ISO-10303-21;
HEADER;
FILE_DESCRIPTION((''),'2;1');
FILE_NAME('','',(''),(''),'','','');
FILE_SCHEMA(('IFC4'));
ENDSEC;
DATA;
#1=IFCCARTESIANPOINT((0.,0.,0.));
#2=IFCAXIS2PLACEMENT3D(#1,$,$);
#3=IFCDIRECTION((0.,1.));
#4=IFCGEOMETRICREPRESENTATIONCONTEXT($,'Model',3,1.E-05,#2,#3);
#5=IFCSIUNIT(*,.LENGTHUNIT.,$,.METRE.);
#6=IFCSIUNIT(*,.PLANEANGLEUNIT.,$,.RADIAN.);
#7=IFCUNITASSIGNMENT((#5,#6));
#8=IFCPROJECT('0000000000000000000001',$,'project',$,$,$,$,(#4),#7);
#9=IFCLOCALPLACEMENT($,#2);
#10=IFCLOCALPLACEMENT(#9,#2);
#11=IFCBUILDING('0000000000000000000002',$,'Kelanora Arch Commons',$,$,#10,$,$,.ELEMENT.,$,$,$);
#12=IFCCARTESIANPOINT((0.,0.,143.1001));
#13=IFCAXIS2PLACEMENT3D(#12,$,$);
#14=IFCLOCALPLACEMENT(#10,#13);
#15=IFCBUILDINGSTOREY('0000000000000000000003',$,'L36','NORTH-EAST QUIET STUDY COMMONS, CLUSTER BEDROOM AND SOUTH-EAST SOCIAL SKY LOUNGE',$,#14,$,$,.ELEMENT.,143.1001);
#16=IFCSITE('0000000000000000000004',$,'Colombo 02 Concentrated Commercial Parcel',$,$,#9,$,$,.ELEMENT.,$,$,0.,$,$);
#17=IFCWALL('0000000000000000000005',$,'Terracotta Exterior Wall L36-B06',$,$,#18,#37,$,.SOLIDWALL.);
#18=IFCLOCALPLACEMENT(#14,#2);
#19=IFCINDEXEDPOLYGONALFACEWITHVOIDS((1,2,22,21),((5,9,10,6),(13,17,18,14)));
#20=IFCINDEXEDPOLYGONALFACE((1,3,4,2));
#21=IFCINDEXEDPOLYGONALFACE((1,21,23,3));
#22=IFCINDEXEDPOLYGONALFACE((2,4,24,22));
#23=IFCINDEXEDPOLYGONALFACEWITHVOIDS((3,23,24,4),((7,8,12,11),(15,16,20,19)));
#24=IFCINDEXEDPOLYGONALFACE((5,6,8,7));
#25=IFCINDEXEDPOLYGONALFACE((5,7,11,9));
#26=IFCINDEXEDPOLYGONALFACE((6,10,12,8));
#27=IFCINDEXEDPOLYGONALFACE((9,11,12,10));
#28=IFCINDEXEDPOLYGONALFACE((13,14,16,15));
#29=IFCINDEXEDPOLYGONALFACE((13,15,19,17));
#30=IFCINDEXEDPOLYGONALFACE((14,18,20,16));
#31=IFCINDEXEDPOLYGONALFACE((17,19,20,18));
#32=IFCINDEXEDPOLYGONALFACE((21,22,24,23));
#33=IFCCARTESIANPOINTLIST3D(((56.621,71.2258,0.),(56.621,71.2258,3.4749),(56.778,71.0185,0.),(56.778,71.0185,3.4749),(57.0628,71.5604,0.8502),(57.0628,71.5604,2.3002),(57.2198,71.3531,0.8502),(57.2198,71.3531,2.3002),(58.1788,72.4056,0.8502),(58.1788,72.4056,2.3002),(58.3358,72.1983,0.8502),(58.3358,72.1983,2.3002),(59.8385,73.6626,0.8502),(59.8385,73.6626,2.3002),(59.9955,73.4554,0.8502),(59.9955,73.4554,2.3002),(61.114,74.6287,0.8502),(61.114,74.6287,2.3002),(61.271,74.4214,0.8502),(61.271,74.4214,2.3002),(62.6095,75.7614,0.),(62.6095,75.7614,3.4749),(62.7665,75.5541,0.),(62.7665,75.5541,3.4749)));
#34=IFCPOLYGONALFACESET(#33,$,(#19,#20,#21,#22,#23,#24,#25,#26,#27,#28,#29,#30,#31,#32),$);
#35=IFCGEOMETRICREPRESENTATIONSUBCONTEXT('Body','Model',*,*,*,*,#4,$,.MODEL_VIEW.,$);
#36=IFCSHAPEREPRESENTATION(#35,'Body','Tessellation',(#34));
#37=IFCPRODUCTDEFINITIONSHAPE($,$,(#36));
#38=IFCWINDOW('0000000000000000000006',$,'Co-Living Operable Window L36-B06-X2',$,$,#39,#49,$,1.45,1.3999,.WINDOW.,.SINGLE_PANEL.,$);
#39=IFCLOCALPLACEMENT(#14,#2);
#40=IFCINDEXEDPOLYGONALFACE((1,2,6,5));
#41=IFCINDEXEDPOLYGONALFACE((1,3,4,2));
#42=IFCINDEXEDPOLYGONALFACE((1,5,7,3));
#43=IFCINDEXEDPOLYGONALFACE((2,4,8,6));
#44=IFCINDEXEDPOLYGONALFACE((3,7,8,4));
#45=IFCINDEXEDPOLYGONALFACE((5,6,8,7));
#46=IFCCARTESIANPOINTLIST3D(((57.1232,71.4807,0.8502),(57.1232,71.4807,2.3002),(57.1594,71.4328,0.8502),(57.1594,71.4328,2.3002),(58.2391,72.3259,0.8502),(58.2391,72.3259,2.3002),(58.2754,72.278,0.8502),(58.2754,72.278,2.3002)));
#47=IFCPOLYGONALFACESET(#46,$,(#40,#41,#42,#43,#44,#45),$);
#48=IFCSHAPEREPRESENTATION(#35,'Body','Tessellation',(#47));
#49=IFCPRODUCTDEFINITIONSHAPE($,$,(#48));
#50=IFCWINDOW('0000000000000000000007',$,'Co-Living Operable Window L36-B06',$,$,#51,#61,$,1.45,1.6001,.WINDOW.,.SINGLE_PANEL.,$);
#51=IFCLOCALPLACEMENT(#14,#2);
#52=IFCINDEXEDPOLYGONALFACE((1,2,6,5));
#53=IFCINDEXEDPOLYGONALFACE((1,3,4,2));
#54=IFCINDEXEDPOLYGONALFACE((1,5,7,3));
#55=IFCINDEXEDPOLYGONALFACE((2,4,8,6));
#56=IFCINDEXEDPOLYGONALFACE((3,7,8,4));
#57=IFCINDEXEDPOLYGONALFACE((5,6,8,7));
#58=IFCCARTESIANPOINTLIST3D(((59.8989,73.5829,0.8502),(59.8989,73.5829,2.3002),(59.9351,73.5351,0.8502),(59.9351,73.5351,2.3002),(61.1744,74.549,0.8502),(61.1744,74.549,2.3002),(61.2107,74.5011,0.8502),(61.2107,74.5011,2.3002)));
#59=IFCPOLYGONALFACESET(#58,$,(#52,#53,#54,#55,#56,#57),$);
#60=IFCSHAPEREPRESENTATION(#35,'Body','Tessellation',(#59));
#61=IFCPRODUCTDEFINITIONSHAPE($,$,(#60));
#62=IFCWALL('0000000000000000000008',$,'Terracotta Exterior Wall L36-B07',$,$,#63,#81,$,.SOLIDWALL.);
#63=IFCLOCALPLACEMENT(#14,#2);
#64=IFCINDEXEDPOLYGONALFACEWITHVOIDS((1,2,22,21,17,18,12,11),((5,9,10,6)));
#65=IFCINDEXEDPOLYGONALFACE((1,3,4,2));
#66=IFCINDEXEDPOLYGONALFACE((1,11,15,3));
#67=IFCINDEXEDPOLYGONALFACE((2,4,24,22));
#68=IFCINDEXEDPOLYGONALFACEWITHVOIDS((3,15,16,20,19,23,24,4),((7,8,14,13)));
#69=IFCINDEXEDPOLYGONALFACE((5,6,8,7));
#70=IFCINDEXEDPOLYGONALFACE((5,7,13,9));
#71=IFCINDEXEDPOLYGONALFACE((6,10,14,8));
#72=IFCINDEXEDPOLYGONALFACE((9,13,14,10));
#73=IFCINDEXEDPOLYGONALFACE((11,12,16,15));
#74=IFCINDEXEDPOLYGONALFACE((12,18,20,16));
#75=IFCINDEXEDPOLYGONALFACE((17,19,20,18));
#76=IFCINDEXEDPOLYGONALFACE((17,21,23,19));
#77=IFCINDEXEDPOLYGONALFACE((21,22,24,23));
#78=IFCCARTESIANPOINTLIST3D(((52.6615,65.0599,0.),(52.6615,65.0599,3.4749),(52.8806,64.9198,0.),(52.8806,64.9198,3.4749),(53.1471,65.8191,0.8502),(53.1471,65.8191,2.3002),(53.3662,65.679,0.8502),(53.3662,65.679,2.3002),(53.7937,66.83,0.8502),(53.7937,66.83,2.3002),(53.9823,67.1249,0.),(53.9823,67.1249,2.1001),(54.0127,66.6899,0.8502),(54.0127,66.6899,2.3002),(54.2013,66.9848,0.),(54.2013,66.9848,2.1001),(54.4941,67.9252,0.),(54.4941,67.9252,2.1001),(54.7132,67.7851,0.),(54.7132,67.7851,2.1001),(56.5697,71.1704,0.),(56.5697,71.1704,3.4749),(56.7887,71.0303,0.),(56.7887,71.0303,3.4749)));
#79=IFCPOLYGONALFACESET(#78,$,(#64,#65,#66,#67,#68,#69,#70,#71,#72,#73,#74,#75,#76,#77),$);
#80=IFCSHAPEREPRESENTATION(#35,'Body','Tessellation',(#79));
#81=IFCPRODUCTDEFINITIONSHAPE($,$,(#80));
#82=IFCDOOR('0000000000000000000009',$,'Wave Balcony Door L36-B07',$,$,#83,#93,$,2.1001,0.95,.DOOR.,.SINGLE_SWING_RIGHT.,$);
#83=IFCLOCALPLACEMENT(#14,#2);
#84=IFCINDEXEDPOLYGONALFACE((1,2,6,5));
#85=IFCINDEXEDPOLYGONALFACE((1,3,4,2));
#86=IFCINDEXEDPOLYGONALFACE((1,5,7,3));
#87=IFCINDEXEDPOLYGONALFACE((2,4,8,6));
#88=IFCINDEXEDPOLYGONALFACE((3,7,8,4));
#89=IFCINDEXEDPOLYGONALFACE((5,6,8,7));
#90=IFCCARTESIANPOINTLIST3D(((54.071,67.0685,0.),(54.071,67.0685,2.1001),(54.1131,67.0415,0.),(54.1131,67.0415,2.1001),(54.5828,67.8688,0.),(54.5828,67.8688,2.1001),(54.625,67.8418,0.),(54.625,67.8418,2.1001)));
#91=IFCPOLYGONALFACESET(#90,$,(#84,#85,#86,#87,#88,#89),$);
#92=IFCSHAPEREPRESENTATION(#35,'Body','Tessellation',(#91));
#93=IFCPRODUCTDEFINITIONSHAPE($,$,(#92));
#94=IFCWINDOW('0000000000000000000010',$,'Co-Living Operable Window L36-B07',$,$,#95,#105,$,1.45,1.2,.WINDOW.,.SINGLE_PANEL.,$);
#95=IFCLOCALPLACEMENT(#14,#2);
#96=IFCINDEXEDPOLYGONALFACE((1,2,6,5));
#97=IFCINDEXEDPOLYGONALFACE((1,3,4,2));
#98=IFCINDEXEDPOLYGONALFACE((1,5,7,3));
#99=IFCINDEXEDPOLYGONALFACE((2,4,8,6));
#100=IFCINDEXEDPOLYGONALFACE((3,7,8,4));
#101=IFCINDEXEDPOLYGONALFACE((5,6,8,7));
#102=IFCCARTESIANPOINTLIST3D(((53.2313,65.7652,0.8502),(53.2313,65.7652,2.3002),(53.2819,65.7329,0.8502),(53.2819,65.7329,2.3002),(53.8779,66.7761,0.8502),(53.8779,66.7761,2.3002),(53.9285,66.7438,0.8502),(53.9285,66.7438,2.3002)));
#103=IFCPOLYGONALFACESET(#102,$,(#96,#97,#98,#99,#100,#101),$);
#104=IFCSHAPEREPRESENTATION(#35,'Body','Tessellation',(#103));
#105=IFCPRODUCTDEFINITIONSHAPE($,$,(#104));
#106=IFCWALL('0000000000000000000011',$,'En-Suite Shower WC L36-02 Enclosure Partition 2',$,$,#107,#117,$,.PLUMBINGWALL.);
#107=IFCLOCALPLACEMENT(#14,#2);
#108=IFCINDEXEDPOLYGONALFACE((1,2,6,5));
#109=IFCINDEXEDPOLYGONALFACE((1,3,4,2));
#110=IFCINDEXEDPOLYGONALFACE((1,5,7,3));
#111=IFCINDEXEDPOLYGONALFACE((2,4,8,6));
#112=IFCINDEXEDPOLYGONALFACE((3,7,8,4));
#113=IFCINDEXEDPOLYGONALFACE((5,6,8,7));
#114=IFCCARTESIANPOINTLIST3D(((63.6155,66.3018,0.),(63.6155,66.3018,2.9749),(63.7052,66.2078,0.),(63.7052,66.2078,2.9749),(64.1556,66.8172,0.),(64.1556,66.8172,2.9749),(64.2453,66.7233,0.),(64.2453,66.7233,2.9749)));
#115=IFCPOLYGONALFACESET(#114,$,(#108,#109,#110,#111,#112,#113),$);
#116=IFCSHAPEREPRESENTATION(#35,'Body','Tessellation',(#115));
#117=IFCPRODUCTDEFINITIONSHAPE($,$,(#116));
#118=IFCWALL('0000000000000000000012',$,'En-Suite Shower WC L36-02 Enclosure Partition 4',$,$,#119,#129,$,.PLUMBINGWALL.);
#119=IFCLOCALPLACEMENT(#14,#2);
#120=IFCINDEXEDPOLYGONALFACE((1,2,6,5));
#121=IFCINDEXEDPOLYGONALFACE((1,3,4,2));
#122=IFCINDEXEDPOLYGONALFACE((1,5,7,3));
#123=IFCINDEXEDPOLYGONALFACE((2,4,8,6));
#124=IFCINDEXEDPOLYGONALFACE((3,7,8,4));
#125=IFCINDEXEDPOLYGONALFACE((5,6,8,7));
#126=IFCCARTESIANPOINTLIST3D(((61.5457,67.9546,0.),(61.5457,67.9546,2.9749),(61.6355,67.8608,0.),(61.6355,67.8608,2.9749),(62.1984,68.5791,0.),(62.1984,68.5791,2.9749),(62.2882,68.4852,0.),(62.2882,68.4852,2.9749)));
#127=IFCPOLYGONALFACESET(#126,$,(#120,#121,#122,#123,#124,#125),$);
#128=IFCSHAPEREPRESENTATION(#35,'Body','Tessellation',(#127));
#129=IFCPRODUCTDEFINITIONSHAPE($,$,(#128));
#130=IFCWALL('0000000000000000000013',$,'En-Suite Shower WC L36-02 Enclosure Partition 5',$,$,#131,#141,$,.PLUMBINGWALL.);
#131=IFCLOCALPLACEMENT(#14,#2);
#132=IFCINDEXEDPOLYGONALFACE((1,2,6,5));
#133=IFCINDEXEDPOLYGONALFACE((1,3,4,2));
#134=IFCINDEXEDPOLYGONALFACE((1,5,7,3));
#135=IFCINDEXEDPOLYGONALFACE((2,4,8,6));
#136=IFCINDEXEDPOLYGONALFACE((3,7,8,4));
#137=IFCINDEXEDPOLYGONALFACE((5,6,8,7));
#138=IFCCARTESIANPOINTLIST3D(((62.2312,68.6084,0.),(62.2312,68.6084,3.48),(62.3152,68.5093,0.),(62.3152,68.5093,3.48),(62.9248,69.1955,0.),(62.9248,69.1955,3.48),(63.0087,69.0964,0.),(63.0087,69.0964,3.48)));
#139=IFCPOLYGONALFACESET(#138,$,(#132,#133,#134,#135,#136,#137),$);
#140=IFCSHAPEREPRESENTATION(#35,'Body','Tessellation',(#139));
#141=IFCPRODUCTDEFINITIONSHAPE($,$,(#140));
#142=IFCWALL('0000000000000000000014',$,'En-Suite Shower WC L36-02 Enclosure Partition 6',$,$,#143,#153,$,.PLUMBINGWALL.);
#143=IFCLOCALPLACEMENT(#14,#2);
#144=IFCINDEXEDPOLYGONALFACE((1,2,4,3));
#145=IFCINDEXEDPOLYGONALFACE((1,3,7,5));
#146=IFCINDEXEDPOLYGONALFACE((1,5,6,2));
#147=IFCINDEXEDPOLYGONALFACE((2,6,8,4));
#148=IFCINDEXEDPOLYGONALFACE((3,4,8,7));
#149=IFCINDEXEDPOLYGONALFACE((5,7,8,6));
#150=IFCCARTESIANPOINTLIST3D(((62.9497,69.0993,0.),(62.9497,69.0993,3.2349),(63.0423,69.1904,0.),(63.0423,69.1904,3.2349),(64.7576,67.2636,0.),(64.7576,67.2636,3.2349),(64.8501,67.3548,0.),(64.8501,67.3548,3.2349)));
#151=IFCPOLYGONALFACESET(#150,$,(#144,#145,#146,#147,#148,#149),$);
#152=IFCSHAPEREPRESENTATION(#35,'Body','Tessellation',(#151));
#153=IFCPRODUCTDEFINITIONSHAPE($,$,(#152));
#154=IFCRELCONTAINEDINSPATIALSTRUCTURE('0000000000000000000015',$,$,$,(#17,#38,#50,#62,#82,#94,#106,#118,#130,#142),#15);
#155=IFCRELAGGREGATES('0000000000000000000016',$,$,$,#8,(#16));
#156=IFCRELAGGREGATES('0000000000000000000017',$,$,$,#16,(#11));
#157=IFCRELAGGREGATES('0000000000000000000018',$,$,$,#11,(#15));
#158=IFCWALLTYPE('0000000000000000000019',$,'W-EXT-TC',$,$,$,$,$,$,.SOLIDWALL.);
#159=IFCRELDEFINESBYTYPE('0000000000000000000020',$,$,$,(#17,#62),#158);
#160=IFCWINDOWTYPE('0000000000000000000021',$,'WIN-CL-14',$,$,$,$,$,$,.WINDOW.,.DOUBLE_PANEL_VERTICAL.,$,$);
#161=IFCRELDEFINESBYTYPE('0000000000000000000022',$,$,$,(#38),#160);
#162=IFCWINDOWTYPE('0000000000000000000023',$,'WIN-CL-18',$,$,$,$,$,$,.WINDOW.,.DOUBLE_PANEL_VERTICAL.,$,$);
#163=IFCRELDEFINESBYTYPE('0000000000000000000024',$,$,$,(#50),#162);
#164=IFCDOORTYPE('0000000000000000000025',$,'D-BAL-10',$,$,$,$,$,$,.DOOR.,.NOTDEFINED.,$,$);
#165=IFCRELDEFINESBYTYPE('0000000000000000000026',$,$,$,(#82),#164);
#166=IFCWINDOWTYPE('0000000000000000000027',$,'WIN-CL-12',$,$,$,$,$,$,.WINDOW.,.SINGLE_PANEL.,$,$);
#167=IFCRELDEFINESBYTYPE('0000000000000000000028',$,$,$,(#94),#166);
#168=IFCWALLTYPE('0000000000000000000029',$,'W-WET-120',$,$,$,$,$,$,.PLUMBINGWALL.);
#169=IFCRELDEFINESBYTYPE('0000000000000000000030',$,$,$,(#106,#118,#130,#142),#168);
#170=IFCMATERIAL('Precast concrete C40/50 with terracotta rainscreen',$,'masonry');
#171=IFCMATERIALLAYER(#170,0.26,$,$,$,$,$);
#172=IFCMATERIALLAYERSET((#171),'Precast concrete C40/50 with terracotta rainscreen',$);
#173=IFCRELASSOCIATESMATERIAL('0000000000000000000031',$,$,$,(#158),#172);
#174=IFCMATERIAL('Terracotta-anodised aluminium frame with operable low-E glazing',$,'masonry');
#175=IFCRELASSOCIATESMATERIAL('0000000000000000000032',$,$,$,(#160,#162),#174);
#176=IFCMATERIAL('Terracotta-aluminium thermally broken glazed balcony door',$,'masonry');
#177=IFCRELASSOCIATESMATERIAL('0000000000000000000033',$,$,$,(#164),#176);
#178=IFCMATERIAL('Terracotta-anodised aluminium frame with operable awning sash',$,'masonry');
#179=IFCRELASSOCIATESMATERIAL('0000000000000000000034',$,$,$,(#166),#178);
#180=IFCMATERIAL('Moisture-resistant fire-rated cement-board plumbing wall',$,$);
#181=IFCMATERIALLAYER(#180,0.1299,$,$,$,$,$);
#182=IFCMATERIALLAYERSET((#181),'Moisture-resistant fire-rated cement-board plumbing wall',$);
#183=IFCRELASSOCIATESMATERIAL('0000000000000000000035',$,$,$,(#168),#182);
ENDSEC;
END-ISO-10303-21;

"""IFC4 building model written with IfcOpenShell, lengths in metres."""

from ifc_helpers import new_model, si_unit, direction, frame, frame_2d, origin, place, context, subcontext, project, spatial, rectangle, extrude, material, layer, layer_set, type_object, element, fill, save


model = new_model("IFC4")

# Units and contexts
model_context = context("Model", 3, precision=1e-05, world=origin(), true_north=direction((0.0, 1.0)))
body_context = subcontext(model_context, "Body", "Model", "MODEL_VIEW")
ifc_project = project(units=[si_unit("LENGTHUNIT", "METRE"), si_unit("PLANEANGLEUNIT", "RADIAN")], contexts=[model_context])

# Site, building, storey
site_placement = place(None, origin())
site = spatial("IfcSite", under=ifc_project, at=site_placement, Name="Colombo 02 Concentrated Commercial Parcel", CompositionType="ELEMENT", RefElevation=0.0)
building_placement = place(site_placement, origin())
building = spatial("IfcBuilding", under=site, at=building_placement, Name="Kelanora Arch Commons", CompositionType="ELEMENT")
storey_placement = place(building_placement, frame((0.0, 0.0, 143.1001)))
storey = spatial("IfcBuildingStorey", under=building, at=storey_placement, Name="L36", Description="NORTH-EAST QUIET STUDY COMMONS, CLUSTER BEDROOM AND SOUTH-EAST SOCIAL SKY LOUNGE", CompositionType="ELEMENT", Elevation=143.1001)

# Wall, openings, windows
ifc_material_1 = material(Name="Precast concrete C40/50 with terracotta rainscreen", Category="masonry")
ifc_layer_1 = layer(ifc_material_1, 0.26)
ifc_layer_set_1 = layer_set([ifc_layer_1], Name="Precast concrete C40/50 with terracotta rainscreen")
wall_type_1 = type_object("IfcWallType", Name="W-EXT-TC", PredefinedType="SOLIDWALL", material=ifc_layer_set_1)
wall_1_placement = place(storey_placement, frame((62.688, 75.6577, 0.0), z_axis=(0.0, 0.0, 1.0), x_axis=(-0.797164, -0.603763, 0.0)))
wall_1 = element("IfcWall", 1, at=wall_1_placement, inside=storey, type_object=wall_type_1, Name="Terracotta Exterior Wall L36-B06", PredefinedType="SOLIDWALL", context=body_context, shape_type="SweptSolid", body=[
    extrude(rectangle(XDim=7.5122, YDim=0.26, at=frame_2d((3.7561, 0.0))), origin(), (0.0, 0.0, 1.0), 3.4749),
])
opening_1_placement = place(wall_1_placement, frame((1.876, 0.0, 0.8501)))
opening_1 = element("IfcOpeningElement", 2, at=opening_1_placement, cuts=wall_1, PredefinedType="OPENING", context=body_context, shape_type="SweptSolid", body=[
    extrude(rectangle(XDim=1.6001, YDim=1.45, at=frame_2d((0.8, 0.7251))), frame((0.0, 0.1401, 0.0), z_axis=(0.0, -1.0, 0.0), x_axis=(1.0, 0.0, 0.0)), (0.0, 0.0, 1.0), 0.28),
])
opening_2_placement = place(wall_1_placement, frame((5.5581, 0.0, 0.8501)))
opening_2 = element("IfcOpeningElement", 3, at=opening_2_placement, cuts=wall_1, PredefinedType="OPENING", context=body_context, shape_type="SweptSolid", body=[
    extrude(rectangle(XDim=1.3999, YDim=1.45, at=frame_2d((0.7, 0.7251))), frame((0.0, 0.1401, 0.0), z_axis=(0.0, -1.0, 0.0), x_axis=(1.0, 0.0, 0.0)), (0.0, 0.0, 1.0), 0.28),
])
ifc_material_2 = material(Name="Terracotta-anodised aluminium frame with operable low-E glazing", Category="masonry")
window_type_1 = type_object("IfcWindowType", Name="WIN-CL-14", PartitioningType="DOUBLE_PANEL_VERTICAL", PredefinedType="WINDOW", material=ifc_material_2)
window_1_placement = place(opening_2_placement, origin())
window_1 = element("IfcWindow", 4, at=window_1_placement, inside=storey, type_object=window_type_1, Name="Co-Living Operable Window L36-B06-X2", OverallHeight=1.45, OverallWidth=1.3999, PartitioningType="SINGLE_PANEL", PredefinedType="WINDOW", context=body_context, shape_type="SweptSolid", body=[
    extrude(rectangle(XDim=1.3999, YDim=1.45, at=frame_2d((0.7, 0.7251))), frame((0.0, 0.03, 0.0), z_axis=(0.0, -1.0, 0.0), x_axis=(1.0, 0.0, 0.0)), (0.0, 0.0, 1.0), 0.0601),
])
fill(opening_2, window_1)
window_type_2 = type_object("IfcWindowType", Name="WIN-CL-18", PartitioningType="DOUBLE_PANEL_VERTICAL", PredefinedType="WINDOW", material=ifc_material_2)
window_2_placement = place(opening_1_placement, origin())
window_2 = element("IfcWindow", 5, at=window_2_placement, inside=storey, type_object=window_type_2, Name="Co-Living Operable Window L36-B06", OverallHeight=1.45, OverallWidth=1.6001, PartitioningType="SINGLE_PANEL", PredefinedType="WINDOW", context=body_context, shape_type="SweptSolid", body=[
    extrude(rectangle(XDim=1.6001, YDim=1.45, at=frame_2d((0.8, 0.7251))), frame((0.0, 0.03, 0.0), z_axis=(0.0, -1.0, 0.0), x_axis=(1.0, 0.0, 0.0)), (0.0, 0.0, 1.0), 0.0601),
])
fill(opening_1, window_2)

# Wall, openings, door, window
wall_2_placement = place(storey_placement, frame((56.6792, 71.1003, 0.0), z_axis=(0.0, 0.0, 1.0), x_axis=(-0.538802, -0.842433, 0.0)))
wall_2 = element("IfcWall", 6, at=wall_2_placement, inside=storey, type_object=wall_type_1, Name="Terracotta Exterior Wall L36-B07", PredefinedType="SOLIDWALL", context=body_context, shape_type="SweptSolid", body=[
    extrude(rectangle(XDim=7.2534, YDim=0.26, at=frame_2d((3.6267, 0.0))), origin(), (0.0, 0.0, 1.0), 3.4749),
])
opening_3_placement = place(wall_2_placement, frame((3.8521, 0.0, 0.0)))
opening_3 = element("IfcOpeningElement", 7, at=opening_3_placement, cuts=wall_2, PredefinedType="OPENING", context=body_context, shape_type="SweptSolid", body=[
    extrude(rectangle(XDim=0.95, YDim=2.1001, at=frame_2d((0.4751, 1.05))), frame((0.0, 0.1401, 0.0), z_axis=(0.0, -1.0, 0.0), x_axis=(1.0, 0.0, 0.0)), (0.0, 0.0, 1.0), 0.28),
])
opening_4_placement = place(wall_2_placement, frame((5.1521, 0.0, 0.8501)))
opening_4 = element("IfcOpeningElement", 8, at=opening_4_placement, cuts=wall_2, PredefinedType="OPENING", context=body_context, shape_type="SweptSolid", body=[
    extrude(rectangle(XDim=1.2, YDim=1.45, at=frame_2d((0.6001, 0.7251))), frame((0.0, 0.1401, 0.0), z_axis=(0.0, -1.0, 0.0), x_axis=(1.0, 0.0, 0.0)), (0.0, 0.0, 1.0), 0.28),
])
ifc_material_3 = material(Name="Terracotta-aluminium thermally broken glazed balcony door", Category="masonry")
door_type = type_object("IfcDoorType", Name="D-BAL-10", OperationType="NOTDEFINED", PredefinedType="DOOR", material=ifc_material_3)
door_placement = place(opening_3_placement, frame((0.95, 0.0, 0.0), z_axis=(0.0, 0.0, 1.0), x_axis=(-1.0, 0.0, 0.0)))
door = element("IfcDoor", 9, at=door_placement, inside=storey, type_object=door_type, Name="Wave Balcony Door L36-B07", OperationType="SINGLE_SWING_RIGHT", OverallHeight=2.1001, OverallWidth=0.95, PredefinedType="DOOR", context=body_context, shape_type="SweptSolid", body=[
    extrude(rectangle(XDim=0.95, YDim=2.1001, at=frame_2d((0.4751, 1.05))), frame((0.0, 0.0249, 0.0), z_axis=(0.0, -1.0, 0.0), x_axis=(1.0, 0.0, 0.0)), (0.0, 0.0, 1.0), 0.05),
])
fill(opening_3, door)
ifc_material_4 = material(Name="Terracotta-anodised aluminium frame with operable awning sash", Category="masonry")
window_type_3 = type_object("IfcWindowType", Name="WIN-CL-12", PartitioningType="SINGLE_PANEL", PredefinedType="WINDOW", material=ifc_material_4)
window_3_placement = place(opening_4_placement, origin())
window_3 = element("IfcWindow", 10, at=window_3_placement, inside=storey, type_object=window_type_3, Name="Co-Living Operable Window L36-B07", OverallHeight=1.45, OverallWidth=1.2, PartitioningType="SINGLE_PANEL", PredefinedType="WINDOW", context=body_context, shape_type="SweptSolid", body=[
    extrude(rectangle(XDim=1.2, YDim=1.45, at=frame_2d((0.6001, 0.7251))), frame((0.0, 0.03, 0.0), z_axis=(0.0, -1.0, 0.0), x_axis=(1.0, 0.0, 0.0)), (0.0, 0.0, 1.0), 0.0601),
])
fill(opening_4, window_3)

# Walls
ifc_material_5 = material(Name="Moisture-resistant fire-rated cement-board plumbing wall")
ifc_layer_2 = layer(ifc_material_5, 0.1299)
ifc_layer_set_2 = layer_set([ifc_layer_2], Name="Moisture-resistant fire-rated cement-board plumbing wall")
wall_type_2 = type_object("IfcWallType", Name="W-WET-120", PredefinedType="PLUMBINGWALL", material=ifc_layer_set_2)
wall_3_placement = place(storey_placement, frame((64.2004, 66.7703, 0.0), z_axis=(0.0, 0.0, 1.0), x_axis=(-0.72343, -0.690398, 0.0)))
element("IfcWall", 11, at=wall_3_placement, inside=storey, type_object=wall_type_2, Name="En-Suite Shower WC L36-02 Enclosure Partition 2", PredefinedType="PLUMBINGWALL", context=body_context, shape_type="SweptSolid", body=[
    extrude(rectangle(XDim=0.7466, YDim=0.1299, at=frame_2d((0.3733, 0.0))), origin(), (0.0, 0.0, 1.0), 2.9749),
])
wall_4_placement = place(storey_placement, frame((61.5906, 67.9077, 0.0), z_axis=(0.0, 0.0, 1.0), x_axis=(0.722607, 0.691259, 0.0)))
element("IfcWall", 12, at=wall_4_placement, inside=storey, type_object=wall_type_2, Name="En-Suite Shower WC L36-02 Enclosure Partition 4", PredefinedType="PLUMBINGWALL", context=body_context, shape_type="SweptSolid", body=[
    extrude(rectangle(XDim=0.9033, YDim=0.1299, at=frame_2d((0.4517, 0.0))), origin(), (0.0, 0.0, 1.0), 2.9749),
])
wall_5_placement = place(storey_placement, frame((62.2732, 68.5588, 0.0), z_axis=(0.0, 0.0, 1.0), x_axis=(0.763244, 0.646111, 0.0)))
element("IfcWall", 13, at=wall_5_placement, inside=storey, type_object=wall_type_2, Name="En-Suite Shower WC L36-02 Enclosure Partition 5", PredefinedType="PLUMBINGWALL", context=body_context, shape_type="SweptSolid", body=[
    extrude(rectangle(XDim=0.9087, YDim=0.1299, at=frame_2d((0.4543, 0.0))), origin(), (0.0, 0.0, 1.0), 3.48),
])
wall_6_placement = place(storey_placement, frame((62.9961, 69.1448, 0.0), z_axis=(0.0, 0.0, 1.0), x_axis=(0.701685, -0.712487, 0.0)))
element("IfcWall", 14, at=wall_6_placement, inside=storey, type_object=wall_type_2, Name="En-Suite Shower WC L36-02 Enclosure Partition 6", PredefinedType="PLUMBINGWALL", context=body_context, shape_type="SweptSolid", body=[
    extrude(rectangle(XDim=2.5764, YDim=0.1299, at=frame_2d((1.2881, 0.0))), origin(), (0.0, 0.0, 1.0), 3.2349),
])

save(model, "model.ifc")
